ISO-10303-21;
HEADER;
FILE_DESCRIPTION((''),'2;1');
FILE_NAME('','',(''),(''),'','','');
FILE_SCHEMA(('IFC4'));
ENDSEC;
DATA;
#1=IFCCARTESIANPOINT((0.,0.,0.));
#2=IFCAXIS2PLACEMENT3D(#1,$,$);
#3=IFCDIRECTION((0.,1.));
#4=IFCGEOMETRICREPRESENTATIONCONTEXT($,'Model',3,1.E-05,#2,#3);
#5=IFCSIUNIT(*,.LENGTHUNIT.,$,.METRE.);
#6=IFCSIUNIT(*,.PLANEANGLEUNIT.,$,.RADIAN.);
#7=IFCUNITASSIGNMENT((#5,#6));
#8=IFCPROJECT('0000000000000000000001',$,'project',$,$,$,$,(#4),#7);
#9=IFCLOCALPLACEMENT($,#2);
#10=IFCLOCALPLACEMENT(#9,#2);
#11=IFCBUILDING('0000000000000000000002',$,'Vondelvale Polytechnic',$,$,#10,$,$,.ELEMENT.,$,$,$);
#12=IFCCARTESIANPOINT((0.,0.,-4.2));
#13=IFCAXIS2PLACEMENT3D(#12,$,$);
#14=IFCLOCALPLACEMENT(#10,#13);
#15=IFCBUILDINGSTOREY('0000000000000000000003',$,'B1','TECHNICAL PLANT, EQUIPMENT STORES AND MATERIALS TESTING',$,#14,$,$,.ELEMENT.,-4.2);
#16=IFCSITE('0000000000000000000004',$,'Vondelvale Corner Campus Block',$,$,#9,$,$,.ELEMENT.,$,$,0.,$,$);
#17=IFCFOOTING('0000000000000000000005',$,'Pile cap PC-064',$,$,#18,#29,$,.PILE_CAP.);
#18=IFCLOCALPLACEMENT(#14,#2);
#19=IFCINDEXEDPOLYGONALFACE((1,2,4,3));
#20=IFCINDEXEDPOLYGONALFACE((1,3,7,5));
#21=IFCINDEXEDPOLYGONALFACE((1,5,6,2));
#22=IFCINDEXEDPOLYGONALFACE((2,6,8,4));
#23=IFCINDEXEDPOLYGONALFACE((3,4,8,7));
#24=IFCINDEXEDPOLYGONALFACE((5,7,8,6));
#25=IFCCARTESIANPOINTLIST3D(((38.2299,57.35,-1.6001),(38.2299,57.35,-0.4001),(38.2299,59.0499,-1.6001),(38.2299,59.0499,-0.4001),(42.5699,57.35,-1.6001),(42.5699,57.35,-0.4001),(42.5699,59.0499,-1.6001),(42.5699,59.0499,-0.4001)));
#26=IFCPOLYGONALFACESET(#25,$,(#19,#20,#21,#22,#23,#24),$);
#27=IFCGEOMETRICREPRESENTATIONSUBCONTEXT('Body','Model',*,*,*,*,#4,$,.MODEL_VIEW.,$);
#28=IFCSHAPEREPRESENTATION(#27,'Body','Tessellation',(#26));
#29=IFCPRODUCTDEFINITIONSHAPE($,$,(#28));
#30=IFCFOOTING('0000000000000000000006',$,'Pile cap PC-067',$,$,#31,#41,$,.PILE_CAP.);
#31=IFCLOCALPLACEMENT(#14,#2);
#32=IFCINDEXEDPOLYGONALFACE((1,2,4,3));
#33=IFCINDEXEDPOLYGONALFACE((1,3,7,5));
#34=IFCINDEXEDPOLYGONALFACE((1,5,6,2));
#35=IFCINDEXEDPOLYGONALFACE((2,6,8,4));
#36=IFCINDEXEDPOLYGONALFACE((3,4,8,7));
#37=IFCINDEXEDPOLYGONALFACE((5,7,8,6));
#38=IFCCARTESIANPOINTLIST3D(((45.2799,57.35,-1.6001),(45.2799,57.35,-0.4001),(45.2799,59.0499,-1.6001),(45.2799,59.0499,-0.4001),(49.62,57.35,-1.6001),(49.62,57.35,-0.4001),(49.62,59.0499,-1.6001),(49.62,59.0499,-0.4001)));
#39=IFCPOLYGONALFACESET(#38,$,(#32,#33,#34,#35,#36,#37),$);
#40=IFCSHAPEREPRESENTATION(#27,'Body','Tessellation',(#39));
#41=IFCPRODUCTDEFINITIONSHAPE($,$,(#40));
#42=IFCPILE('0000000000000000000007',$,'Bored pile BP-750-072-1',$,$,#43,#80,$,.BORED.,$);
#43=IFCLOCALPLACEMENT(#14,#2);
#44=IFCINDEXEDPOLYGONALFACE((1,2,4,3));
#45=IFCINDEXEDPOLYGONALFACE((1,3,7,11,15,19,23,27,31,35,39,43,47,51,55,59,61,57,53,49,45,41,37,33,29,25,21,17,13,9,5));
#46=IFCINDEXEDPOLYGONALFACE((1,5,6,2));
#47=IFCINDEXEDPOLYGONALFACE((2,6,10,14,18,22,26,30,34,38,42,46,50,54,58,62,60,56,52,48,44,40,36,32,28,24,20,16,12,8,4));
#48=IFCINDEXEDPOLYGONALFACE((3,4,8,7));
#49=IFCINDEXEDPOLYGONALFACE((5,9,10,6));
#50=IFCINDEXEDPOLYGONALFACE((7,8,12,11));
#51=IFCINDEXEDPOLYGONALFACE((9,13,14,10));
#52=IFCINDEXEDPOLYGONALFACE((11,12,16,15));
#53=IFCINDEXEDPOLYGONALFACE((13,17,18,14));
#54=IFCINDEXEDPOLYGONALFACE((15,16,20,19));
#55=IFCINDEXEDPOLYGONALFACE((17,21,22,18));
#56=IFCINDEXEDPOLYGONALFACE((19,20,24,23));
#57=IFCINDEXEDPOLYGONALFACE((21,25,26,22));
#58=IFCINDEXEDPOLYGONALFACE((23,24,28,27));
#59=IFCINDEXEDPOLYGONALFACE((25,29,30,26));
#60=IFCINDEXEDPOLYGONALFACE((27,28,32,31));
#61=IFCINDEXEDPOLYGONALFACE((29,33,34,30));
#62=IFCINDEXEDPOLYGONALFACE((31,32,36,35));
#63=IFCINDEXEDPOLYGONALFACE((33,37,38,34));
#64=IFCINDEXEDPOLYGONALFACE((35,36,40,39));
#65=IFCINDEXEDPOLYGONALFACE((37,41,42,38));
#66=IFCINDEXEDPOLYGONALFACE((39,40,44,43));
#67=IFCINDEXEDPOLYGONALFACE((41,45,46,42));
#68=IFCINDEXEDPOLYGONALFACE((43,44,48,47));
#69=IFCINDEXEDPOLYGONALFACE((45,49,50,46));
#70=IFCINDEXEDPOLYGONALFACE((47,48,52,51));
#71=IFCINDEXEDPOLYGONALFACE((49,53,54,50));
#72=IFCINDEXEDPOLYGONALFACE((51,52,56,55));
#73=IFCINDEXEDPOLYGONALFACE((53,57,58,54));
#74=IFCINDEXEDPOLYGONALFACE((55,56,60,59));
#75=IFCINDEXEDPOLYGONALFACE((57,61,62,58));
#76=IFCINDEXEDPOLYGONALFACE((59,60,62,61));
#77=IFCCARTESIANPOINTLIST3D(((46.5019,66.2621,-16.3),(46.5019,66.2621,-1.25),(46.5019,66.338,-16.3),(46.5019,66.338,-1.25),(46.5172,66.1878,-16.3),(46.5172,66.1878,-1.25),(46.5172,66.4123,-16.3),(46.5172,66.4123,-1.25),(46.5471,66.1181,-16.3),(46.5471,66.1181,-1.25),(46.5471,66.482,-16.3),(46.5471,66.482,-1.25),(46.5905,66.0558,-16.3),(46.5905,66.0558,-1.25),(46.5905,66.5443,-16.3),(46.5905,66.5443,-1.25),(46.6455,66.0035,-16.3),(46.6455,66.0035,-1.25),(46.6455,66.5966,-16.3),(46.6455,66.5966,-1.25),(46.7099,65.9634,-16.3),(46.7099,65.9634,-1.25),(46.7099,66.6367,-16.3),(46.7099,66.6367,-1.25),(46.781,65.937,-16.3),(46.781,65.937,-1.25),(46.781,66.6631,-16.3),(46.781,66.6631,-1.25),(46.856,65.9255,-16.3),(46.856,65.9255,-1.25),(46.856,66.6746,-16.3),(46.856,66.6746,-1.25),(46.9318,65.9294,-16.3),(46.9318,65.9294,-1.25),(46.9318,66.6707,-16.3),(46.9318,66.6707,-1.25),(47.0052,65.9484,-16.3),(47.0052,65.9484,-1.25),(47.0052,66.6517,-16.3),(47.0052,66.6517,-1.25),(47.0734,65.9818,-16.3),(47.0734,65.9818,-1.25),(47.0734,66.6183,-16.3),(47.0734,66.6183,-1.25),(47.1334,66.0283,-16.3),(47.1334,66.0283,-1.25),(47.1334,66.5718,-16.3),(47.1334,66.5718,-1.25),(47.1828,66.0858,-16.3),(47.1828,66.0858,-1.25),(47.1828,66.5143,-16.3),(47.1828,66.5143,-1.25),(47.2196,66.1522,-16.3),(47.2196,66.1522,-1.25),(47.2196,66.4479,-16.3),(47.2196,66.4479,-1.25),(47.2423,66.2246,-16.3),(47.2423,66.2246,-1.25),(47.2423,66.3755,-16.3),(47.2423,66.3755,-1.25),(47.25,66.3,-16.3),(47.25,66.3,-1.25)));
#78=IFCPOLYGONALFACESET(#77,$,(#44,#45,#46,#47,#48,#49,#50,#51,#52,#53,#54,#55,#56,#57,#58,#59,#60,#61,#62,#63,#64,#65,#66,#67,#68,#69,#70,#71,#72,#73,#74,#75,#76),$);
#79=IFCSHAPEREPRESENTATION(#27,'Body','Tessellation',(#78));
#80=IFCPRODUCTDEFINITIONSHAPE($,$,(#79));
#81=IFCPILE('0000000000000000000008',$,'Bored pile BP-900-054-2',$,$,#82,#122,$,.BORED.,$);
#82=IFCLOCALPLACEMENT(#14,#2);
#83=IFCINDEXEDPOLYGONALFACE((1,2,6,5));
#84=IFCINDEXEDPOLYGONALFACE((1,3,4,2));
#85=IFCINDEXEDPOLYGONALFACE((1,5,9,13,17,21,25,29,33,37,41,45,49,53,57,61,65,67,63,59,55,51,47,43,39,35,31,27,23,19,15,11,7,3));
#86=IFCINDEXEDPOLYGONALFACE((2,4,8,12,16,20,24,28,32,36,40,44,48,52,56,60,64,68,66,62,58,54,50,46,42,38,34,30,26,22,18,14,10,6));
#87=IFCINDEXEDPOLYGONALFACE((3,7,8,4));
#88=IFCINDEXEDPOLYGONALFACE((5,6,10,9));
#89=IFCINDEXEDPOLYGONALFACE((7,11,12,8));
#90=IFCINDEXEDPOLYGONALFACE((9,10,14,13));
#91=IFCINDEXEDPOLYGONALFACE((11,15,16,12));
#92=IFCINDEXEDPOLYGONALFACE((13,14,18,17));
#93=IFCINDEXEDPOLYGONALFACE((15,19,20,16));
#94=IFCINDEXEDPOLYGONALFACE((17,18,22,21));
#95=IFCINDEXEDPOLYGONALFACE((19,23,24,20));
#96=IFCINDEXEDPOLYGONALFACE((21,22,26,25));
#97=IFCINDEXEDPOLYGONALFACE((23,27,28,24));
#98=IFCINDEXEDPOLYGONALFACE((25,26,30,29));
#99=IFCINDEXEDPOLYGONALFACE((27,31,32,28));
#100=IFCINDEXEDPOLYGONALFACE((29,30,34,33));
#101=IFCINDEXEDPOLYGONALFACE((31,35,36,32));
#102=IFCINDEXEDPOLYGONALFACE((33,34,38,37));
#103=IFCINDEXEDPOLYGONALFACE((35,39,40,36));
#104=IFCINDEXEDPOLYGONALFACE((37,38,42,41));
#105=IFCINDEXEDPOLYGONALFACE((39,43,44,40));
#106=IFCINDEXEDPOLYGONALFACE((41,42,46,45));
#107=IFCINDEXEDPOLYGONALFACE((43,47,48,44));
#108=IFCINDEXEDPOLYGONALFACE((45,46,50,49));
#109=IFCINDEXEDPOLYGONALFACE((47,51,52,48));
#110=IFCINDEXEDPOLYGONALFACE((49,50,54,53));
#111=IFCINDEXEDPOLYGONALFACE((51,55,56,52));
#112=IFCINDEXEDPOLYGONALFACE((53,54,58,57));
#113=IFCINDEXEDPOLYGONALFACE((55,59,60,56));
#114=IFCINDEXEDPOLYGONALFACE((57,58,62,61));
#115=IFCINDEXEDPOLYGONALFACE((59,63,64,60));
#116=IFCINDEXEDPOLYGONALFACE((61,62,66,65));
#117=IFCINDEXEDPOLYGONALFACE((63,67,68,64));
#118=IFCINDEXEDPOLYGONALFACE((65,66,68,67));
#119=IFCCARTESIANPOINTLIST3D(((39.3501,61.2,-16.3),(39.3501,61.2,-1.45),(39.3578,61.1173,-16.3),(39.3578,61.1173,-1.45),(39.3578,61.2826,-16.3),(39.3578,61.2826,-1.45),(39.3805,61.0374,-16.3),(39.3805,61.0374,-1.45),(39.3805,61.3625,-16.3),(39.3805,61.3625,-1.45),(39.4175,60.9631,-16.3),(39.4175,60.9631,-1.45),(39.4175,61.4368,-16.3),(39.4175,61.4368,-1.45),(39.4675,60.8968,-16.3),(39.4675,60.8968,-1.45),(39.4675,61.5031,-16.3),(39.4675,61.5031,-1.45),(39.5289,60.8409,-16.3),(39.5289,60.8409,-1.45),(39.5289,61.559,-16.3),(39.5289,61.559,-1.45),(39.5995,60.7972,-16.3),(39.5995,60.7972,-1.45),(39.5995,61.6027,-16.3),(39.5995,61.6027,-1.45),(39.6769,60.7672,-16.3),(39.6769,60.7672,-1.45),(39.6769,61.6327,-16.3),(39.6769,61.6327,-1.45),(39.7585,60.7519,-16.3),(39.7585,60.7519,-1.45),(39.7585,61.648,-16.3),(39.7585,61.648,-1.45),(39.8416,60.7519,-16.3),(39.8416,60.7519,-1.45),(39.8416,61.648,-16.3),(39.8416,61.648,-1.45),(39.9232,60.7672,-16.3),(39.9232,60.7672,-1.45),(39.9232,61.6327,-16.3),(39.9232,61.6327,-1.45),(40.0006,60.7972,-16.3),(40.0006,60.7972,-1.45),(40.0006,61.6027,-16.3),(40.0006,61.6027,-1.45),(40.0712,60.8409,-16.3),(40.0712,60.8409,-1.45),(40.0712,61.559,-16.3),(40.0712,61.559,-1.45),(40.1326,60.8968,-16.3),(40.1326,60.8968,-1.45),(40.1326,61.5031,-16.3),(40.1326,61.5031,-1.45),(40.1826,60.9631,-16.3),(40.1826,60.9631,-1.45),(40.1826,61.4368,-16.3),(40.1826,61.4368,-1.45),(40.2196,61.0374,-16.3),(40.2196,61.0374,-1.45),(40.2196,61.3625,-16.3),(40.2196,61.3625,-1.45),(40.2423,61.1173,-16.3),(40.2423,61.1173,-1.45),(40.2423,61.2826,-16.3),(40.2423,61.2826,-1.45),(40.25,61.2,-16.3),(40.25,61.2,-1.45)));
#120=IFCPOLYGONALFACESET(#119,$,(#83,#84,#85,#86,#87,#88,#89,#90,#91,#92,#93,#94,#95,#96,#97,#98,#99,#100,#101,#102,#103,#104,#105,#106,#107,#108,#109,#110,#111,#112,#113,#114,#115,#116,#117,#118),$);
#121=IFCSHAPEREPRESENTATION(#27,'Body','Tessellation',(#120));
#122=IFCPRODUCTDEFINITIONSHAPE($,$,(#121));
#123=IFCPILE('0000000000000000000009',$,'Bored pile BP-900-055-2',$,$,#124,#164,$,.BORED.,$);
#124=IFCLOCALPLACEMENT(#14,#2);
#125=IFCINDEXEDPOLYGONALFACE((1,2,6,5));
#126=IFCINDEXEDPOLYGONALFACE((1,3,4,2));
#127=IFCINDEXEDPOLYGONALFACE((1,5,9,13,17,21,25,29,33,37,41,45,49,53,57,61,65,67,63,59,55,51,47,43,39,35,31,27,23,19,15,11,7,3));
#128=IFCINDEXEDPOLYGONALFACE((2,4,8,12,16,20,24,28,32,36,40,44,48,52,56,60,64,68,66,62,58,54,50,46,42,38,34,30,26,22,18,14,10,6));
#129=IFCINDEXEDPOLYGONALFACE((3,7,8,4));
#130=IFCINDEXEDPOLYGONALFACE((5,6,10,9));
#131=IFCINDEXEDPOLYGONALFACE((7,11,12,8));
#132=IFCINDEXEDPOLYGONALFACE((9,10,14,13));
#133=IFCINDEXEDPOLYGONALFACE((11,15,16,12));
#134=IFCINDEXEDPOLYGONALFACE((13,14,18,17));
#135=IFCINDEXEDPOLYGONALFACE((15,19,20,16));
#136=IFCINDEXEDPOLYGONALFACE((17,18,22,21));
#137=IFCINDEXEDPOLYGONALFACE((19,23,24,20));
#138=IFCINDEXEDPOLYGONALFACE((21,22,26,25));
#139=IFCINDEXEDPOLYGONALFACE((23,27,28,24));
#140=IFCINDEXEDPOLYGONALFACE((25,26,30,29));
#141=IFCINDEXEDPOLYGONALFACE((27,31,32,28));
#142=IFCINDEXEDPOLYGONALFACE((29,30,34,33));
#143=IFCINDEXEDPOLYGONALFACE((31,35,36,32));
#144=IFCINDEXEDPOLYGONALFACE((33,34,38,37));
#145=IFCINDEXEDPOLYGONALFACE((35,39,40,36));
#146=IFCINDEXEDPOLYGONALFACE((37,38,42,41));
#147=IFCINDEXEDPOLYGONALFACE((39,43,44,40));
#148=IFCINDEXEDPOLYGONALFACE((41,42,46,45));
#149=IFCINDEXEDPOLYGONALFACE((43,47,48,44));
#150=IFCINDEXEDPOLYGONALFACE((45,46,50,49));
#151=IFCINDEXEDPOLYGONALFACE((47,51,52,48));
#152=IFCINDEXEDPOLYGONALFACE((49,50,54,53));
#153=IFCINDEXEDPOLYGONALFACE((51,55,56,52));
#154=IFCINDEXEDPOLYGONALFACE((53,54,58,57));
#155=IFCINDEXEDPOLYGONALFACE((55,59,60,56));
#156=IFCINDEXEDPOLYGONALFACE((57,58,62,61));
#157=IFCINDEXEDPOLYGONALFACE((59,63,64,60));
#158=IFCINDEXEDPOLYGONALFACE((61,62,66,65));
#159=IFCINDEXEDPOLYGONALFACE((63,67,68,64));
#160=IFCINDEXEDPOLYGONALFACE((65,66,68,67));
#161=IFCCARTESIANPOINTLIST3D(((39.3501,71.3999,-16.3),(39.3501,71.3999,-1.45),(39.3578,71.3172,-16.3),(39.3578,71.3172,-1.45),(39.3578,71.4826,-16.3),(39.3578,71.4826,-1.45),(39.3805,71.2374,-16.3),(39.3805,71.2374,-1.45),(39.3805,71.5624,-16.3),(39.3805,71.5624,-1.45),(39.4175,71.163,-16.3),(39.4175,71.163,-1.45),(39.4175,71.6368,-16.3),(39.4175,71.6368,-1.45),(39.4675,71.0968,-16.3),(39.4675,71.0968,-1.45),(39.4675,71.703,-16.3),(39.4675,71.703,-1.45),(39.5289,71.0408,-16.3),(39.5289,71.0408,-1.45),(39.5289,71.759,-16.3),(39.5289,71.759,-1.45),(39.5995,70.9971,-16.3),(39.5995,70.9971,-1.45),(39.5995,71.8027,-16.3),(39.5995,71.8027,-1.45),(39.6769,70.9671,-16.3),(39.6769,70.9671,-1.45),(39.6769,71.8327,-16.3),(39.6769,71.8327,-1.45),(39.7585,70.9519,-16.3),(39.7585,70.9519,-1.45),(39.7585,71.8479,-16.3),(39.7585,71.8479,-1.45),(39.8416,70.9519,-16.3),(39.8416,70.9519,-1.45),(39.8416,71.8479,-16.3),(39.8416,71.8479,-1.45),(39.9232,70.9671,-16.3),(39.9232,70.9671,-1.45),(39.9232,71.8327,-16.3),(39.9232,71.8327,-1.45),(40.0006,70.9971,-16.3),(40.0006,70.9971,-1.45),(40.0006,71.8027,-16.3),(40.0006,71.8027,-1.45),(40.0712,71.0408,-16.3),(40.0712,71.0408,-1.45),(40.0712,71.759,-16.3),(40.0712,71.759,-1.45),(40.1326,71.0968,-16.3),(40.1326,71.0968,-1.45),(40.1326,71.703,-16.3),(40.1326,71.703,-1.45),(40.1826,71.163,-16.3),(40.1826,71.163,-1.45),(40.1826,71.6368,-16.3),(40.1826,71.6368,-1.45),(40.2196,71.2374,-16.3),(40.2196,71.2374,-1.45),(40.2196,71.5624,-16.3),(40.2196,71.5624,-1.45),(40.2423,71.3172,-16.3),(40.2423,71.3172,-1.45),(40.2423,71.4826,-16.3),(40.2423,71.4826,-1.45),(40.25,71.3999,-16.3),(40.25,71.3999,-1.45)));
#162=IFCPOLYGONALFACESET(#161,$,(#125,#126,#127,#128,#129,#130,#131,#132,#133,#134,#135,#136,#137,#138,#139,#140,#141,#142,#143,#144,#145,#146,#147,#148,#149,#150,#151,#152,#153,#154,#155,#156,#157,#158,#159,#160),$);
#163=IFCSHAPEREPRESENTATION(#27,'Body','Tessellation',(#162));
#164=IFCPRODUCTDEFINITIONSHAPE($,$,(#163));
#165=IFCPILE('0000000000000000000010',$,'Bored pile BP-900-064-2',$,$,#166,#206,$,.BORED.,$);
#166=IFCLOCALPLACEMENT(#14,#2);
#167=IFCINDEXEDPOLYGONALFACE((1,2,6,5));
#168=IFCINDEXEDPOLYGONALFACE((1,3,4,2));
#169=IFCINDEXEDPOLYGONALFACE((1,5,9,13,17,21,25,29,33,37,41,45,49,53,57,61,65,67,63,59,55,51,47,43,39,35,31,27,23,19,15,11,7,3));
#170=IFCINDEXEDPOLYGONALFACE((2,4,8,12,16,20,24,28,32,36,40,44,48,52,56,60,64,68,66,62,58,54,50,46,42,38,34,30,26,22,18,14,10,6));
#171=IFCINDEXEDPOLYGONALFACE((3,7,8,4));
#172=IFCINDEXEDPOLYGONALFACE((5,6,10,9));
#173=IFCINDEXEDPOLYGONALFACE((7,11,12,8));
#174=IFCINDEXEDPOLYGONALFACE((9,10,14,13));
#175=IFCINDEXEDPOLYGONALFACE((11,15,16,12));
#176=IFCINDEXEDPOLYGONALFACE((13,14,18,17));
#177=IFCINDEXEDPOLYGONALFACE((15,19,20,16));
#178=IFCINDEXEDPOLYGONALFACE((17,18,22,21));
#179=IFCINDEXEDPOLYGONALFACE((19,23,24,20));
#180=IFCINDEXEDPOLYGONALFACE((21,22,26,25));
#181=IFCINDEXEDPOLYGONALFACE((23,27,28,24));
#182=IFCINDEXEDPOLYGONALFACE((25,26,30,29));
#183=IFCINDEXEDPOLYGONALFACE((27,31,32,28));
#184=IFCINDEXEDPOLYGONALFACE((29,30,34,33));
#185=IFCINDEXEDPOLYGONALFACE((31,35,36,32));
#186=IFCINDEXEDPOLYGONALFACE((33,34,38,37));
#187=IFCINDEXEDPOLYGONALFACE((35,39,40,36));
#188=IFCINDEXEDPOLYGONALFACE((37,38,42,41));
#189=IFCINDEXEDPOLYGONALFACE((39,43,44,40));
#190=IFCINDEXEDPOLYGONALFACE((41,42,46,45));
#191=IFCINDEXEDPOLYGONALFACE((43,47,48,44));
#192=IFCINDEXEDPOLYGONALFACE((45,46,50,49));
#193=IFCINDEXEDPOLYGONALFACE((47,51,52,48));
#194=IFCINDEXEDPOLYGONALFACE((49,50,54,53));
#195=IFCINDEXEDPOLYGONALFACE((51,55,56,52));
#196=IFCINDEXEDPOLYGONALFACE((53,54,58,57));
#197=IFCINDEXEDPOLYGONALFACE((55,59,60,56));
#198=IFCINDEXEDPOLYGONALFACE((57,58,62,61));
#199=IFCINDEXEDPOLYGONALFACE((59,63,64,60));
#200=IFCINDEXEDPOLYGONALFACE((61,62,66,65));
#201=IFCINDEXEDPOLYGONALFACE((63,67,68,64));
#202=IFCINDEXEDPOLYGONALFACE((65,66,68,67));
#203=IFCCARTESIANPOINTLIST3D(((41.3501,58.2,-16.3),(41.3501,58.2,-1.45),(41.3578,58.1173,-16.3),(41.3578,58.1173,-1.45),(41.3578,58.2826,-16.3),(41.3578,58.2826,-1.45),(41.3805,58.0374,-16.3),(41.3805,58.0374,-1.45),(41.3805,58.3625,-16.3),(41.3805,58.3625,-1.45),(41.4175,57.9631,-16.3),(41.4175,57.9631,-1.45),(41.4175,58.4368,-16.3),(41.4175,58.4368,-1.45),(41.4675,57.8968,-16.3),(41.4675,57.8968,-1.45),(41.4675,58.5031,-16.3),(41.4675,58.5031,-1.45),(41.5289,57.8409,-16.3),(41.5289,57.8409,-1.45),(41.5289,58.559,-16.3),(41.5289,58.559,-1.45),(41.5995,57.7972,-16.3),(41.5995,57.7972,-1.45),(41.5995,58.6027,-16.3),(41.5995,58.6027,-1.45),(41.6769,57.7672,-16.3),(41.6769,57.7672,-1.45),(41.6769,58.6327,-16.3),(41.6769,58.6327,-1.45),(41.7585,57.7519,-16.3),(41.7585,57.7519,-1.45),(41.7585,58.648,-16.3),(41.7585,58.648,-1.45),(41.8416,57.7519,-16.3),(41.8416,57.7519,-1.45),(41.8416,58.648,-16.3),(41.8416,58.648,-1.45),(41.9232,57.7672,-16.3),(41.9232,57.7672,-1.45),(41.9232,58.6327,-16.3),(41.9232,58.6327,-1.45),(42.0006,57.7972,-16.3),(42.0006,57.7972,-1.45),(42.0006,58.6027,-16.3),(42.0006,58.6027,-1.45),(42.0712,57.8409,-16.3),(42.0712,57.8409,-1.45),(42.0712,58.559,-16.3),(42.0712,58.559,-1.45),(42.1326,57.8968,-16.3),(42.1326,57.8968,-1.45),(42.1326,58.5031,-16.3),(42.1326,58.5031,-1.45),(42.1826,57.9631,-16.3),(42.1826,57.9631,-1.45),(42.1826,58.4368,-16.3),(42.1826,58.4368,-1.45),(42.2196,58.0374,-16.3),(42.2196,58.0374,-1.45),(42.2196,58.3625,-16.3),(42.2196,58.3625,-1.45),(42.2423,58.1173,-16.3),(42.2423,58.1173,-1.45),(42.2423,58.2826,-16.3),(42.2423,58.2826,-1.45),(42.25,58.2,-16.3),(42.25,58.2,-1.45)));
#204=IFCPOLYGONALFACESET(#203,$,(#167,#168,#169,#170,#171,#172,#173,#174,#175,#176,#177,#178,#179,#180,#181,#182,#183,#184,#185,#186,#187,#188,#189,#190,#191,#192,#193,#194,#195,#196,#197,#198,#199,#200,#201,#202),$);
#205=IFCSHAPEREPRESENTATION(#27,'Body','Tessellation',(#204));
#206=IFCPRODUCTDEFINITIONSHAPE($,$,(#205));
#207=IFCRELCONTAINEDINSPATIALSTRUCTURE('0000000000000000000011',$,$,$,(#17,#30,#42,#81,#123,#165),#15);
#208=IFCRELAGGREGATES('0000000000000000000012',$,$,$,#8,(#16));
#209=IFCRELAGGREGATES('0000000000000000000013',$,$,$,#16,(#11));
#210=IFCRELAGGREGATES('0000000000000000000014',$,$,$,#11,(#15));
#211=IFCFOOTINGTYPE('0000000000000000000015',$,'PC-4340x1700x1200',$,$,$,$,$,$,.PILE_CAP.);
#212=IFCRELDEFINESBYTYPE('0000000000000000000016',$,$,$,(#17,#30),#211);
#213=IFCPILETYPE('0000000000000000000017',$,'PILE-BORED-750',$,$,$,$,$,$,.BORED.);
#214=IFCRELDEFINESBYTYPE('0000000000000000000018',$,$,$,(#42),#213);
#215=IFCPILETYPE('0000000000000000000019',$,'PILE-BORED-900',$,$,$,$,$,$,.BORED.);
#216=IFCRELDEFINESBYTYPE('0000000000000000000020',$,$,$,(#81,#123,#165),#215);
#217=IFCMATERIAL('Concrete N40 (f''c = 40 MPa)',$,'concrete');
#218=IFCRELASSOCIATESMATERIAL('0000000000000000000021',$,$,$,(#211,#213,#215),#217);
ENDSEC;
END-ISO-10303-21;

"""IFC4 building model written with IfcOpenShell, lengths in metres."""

from ifc_helpers import new_model, si_unit, direction, frame, origin, origin_2d, place, context, subcontext, project, spatial, rectangle, circle, extrude, material, material_profile, profile_set, type_object, element, save


model = new_model("IFC4")

# Units and contexts
model_context = context("Model", 3, precision=1e-05, world=origin(), true_north=direction((0.0, 1.0)))
body_context = subcontext(model_context, "Body", "Model", "MODEL_VIEW")
ifc_project = project(units=[si_unit("LENGTHUNIT", "METRE"), si_unit("PLANEANGLEUNIT", "RADIAN")], contexts=[model_context])

# Site, building, storey
site_placement = place(None, origin())
site = spatial("IfcSite", under=ifc_project, at=site_placement, Name="Vondelvale Corner Campus Block", CompositionType="ELEMENT", RefElevation=0.0)
building_placement = place(site_placement, origin())
building = spatial("IfcBuilding", under=site, at=building_placement, Name="Vondelvale Polytechnic", CompositionType="ELEMENT")
storey_placement = place(building_placement, frame((0.0, 0.0, -4.2)))
storey = spatial("IfcBuildingStorey", under=building, at=storey_placement, Name="B1", Description="TECHNICAL PLANT, EQUIPMENT STORES AND MATERIALS TESTING", CompositionType="ELEMENT", Elevation=-4.2)

# Footings
ifc_material_1 = material(Name="Concrete N40 (f'c = 40 MPa)", Category="concrete")
footing_type = type_object("IfcFootingType", Name="PC-4340x1700x1200", PredefinedType="PILE_CAP", material=ifc_material_1)
for number, where, z_axis, x_axis, name in (
    (1, (40.3999, 58.2, -1.6001), (0.0, 0.0, 1.0), (1.0, 0.0, 0.0), "Pile cap PC-064"),
    (2, (47.45, 58.2, -1.6001), (0.0, 0.0, 1.0), (1.0, 0.0, 0.0), "Pile cap PC-067"),
):
    element("IfcFooting", number, at=place(storey_placement, frame(where, z_axis=z_axis, x_axis=x_axis)), inside=storey, type_object=footing_type, Name=name, PredefinedType="PILE_CAP", context=body_context, shape_type="SweptSolid", body=[
        extrude(rectangle(XDim=4.3401, YDim=1.7, at=origin_2d()), origin(), (0.0, 0.0, 1.0), 1.2),
    ])

# Piles
ifc_material_profile_1 = material_profile(ifc_material_1, circle(Radius=0.375, at=origin_2d()), Name="PILE-D750")
ifc_profile_set_1 = profile_set([ifc_material_profile_1], Name="Concrete N40 (f'c = 40 MPa)")
pile_type_1 = type_object("IfcPileType", Name="PILE-BORED-750", PredefinedType="BORED", material=ifc_profile_set_1)
pile_placement = place(storey_placement, frame((46.875, 66.3, -1.25), z_axis=(0.0, 0.0, -1.0), x_axis=(1.0, 0.0, 0.0)))
element("IfcPile", 3, at=pile_placement, inside=storey, type_object=pile_type_1, Name="Bored pile BP-750-072-1", PredefinedType="BORED", context=body_context, shape_type="SweptSolid", body=[
    extrude(circle(Radius=0.375, at=origin_2d()), origin(), (0.0, 0.0, 1.0), 15.05),
])
ifc_material_profile_2 = material_profile(ifc_material_1, circle(Radius=0.45, at=origin_2d()), Name="PILE-D900")
ifc_profile_set_2 = profile_set([ifc_material_profile_2], Name="Concrete N40 (f'c = 40 MPa)")
pile_type_2 = type_object("IfcPileType", Name="PILE-BORED-900", PredefinedType="BORED", material=ifc_profile_set_2)
for number, where, z_axis, x_axis, name in (
    (4, (39.8, 61.2, -1.45), (0.0, 0.0, -1.0), (1.0, 0.0, 0.0), "Bored pile BP-900-054-2"),
    (5, (39.8, 71.3999, -1.45), (0.0, 0.0, -1.0), (1.0, 0.0, 0.0), "Bored pile BP-900-055-2"),
    (6, (41.8, 58.2, -1.45), (0.0, 0.0, -1.0), (1.0, 0.0, 0.0), "Bored pile BP-900-064-2"),
):
    element("IfcPile", number, at=place(storey_placement, frame(where, z_axis=z_axis, x_axis=x_axis)), inside=storey, type_object=pile_type_2, Name=name, PredefinedType="BORED", context=body_context, shape_type="SweptSolid", body=[
        extrude(circle(Radius=0.45, at=origin_2d()), origin(), (0.0, 0.0, 1.0), 14.8501),
    ])

save(model, "model.ifc")
